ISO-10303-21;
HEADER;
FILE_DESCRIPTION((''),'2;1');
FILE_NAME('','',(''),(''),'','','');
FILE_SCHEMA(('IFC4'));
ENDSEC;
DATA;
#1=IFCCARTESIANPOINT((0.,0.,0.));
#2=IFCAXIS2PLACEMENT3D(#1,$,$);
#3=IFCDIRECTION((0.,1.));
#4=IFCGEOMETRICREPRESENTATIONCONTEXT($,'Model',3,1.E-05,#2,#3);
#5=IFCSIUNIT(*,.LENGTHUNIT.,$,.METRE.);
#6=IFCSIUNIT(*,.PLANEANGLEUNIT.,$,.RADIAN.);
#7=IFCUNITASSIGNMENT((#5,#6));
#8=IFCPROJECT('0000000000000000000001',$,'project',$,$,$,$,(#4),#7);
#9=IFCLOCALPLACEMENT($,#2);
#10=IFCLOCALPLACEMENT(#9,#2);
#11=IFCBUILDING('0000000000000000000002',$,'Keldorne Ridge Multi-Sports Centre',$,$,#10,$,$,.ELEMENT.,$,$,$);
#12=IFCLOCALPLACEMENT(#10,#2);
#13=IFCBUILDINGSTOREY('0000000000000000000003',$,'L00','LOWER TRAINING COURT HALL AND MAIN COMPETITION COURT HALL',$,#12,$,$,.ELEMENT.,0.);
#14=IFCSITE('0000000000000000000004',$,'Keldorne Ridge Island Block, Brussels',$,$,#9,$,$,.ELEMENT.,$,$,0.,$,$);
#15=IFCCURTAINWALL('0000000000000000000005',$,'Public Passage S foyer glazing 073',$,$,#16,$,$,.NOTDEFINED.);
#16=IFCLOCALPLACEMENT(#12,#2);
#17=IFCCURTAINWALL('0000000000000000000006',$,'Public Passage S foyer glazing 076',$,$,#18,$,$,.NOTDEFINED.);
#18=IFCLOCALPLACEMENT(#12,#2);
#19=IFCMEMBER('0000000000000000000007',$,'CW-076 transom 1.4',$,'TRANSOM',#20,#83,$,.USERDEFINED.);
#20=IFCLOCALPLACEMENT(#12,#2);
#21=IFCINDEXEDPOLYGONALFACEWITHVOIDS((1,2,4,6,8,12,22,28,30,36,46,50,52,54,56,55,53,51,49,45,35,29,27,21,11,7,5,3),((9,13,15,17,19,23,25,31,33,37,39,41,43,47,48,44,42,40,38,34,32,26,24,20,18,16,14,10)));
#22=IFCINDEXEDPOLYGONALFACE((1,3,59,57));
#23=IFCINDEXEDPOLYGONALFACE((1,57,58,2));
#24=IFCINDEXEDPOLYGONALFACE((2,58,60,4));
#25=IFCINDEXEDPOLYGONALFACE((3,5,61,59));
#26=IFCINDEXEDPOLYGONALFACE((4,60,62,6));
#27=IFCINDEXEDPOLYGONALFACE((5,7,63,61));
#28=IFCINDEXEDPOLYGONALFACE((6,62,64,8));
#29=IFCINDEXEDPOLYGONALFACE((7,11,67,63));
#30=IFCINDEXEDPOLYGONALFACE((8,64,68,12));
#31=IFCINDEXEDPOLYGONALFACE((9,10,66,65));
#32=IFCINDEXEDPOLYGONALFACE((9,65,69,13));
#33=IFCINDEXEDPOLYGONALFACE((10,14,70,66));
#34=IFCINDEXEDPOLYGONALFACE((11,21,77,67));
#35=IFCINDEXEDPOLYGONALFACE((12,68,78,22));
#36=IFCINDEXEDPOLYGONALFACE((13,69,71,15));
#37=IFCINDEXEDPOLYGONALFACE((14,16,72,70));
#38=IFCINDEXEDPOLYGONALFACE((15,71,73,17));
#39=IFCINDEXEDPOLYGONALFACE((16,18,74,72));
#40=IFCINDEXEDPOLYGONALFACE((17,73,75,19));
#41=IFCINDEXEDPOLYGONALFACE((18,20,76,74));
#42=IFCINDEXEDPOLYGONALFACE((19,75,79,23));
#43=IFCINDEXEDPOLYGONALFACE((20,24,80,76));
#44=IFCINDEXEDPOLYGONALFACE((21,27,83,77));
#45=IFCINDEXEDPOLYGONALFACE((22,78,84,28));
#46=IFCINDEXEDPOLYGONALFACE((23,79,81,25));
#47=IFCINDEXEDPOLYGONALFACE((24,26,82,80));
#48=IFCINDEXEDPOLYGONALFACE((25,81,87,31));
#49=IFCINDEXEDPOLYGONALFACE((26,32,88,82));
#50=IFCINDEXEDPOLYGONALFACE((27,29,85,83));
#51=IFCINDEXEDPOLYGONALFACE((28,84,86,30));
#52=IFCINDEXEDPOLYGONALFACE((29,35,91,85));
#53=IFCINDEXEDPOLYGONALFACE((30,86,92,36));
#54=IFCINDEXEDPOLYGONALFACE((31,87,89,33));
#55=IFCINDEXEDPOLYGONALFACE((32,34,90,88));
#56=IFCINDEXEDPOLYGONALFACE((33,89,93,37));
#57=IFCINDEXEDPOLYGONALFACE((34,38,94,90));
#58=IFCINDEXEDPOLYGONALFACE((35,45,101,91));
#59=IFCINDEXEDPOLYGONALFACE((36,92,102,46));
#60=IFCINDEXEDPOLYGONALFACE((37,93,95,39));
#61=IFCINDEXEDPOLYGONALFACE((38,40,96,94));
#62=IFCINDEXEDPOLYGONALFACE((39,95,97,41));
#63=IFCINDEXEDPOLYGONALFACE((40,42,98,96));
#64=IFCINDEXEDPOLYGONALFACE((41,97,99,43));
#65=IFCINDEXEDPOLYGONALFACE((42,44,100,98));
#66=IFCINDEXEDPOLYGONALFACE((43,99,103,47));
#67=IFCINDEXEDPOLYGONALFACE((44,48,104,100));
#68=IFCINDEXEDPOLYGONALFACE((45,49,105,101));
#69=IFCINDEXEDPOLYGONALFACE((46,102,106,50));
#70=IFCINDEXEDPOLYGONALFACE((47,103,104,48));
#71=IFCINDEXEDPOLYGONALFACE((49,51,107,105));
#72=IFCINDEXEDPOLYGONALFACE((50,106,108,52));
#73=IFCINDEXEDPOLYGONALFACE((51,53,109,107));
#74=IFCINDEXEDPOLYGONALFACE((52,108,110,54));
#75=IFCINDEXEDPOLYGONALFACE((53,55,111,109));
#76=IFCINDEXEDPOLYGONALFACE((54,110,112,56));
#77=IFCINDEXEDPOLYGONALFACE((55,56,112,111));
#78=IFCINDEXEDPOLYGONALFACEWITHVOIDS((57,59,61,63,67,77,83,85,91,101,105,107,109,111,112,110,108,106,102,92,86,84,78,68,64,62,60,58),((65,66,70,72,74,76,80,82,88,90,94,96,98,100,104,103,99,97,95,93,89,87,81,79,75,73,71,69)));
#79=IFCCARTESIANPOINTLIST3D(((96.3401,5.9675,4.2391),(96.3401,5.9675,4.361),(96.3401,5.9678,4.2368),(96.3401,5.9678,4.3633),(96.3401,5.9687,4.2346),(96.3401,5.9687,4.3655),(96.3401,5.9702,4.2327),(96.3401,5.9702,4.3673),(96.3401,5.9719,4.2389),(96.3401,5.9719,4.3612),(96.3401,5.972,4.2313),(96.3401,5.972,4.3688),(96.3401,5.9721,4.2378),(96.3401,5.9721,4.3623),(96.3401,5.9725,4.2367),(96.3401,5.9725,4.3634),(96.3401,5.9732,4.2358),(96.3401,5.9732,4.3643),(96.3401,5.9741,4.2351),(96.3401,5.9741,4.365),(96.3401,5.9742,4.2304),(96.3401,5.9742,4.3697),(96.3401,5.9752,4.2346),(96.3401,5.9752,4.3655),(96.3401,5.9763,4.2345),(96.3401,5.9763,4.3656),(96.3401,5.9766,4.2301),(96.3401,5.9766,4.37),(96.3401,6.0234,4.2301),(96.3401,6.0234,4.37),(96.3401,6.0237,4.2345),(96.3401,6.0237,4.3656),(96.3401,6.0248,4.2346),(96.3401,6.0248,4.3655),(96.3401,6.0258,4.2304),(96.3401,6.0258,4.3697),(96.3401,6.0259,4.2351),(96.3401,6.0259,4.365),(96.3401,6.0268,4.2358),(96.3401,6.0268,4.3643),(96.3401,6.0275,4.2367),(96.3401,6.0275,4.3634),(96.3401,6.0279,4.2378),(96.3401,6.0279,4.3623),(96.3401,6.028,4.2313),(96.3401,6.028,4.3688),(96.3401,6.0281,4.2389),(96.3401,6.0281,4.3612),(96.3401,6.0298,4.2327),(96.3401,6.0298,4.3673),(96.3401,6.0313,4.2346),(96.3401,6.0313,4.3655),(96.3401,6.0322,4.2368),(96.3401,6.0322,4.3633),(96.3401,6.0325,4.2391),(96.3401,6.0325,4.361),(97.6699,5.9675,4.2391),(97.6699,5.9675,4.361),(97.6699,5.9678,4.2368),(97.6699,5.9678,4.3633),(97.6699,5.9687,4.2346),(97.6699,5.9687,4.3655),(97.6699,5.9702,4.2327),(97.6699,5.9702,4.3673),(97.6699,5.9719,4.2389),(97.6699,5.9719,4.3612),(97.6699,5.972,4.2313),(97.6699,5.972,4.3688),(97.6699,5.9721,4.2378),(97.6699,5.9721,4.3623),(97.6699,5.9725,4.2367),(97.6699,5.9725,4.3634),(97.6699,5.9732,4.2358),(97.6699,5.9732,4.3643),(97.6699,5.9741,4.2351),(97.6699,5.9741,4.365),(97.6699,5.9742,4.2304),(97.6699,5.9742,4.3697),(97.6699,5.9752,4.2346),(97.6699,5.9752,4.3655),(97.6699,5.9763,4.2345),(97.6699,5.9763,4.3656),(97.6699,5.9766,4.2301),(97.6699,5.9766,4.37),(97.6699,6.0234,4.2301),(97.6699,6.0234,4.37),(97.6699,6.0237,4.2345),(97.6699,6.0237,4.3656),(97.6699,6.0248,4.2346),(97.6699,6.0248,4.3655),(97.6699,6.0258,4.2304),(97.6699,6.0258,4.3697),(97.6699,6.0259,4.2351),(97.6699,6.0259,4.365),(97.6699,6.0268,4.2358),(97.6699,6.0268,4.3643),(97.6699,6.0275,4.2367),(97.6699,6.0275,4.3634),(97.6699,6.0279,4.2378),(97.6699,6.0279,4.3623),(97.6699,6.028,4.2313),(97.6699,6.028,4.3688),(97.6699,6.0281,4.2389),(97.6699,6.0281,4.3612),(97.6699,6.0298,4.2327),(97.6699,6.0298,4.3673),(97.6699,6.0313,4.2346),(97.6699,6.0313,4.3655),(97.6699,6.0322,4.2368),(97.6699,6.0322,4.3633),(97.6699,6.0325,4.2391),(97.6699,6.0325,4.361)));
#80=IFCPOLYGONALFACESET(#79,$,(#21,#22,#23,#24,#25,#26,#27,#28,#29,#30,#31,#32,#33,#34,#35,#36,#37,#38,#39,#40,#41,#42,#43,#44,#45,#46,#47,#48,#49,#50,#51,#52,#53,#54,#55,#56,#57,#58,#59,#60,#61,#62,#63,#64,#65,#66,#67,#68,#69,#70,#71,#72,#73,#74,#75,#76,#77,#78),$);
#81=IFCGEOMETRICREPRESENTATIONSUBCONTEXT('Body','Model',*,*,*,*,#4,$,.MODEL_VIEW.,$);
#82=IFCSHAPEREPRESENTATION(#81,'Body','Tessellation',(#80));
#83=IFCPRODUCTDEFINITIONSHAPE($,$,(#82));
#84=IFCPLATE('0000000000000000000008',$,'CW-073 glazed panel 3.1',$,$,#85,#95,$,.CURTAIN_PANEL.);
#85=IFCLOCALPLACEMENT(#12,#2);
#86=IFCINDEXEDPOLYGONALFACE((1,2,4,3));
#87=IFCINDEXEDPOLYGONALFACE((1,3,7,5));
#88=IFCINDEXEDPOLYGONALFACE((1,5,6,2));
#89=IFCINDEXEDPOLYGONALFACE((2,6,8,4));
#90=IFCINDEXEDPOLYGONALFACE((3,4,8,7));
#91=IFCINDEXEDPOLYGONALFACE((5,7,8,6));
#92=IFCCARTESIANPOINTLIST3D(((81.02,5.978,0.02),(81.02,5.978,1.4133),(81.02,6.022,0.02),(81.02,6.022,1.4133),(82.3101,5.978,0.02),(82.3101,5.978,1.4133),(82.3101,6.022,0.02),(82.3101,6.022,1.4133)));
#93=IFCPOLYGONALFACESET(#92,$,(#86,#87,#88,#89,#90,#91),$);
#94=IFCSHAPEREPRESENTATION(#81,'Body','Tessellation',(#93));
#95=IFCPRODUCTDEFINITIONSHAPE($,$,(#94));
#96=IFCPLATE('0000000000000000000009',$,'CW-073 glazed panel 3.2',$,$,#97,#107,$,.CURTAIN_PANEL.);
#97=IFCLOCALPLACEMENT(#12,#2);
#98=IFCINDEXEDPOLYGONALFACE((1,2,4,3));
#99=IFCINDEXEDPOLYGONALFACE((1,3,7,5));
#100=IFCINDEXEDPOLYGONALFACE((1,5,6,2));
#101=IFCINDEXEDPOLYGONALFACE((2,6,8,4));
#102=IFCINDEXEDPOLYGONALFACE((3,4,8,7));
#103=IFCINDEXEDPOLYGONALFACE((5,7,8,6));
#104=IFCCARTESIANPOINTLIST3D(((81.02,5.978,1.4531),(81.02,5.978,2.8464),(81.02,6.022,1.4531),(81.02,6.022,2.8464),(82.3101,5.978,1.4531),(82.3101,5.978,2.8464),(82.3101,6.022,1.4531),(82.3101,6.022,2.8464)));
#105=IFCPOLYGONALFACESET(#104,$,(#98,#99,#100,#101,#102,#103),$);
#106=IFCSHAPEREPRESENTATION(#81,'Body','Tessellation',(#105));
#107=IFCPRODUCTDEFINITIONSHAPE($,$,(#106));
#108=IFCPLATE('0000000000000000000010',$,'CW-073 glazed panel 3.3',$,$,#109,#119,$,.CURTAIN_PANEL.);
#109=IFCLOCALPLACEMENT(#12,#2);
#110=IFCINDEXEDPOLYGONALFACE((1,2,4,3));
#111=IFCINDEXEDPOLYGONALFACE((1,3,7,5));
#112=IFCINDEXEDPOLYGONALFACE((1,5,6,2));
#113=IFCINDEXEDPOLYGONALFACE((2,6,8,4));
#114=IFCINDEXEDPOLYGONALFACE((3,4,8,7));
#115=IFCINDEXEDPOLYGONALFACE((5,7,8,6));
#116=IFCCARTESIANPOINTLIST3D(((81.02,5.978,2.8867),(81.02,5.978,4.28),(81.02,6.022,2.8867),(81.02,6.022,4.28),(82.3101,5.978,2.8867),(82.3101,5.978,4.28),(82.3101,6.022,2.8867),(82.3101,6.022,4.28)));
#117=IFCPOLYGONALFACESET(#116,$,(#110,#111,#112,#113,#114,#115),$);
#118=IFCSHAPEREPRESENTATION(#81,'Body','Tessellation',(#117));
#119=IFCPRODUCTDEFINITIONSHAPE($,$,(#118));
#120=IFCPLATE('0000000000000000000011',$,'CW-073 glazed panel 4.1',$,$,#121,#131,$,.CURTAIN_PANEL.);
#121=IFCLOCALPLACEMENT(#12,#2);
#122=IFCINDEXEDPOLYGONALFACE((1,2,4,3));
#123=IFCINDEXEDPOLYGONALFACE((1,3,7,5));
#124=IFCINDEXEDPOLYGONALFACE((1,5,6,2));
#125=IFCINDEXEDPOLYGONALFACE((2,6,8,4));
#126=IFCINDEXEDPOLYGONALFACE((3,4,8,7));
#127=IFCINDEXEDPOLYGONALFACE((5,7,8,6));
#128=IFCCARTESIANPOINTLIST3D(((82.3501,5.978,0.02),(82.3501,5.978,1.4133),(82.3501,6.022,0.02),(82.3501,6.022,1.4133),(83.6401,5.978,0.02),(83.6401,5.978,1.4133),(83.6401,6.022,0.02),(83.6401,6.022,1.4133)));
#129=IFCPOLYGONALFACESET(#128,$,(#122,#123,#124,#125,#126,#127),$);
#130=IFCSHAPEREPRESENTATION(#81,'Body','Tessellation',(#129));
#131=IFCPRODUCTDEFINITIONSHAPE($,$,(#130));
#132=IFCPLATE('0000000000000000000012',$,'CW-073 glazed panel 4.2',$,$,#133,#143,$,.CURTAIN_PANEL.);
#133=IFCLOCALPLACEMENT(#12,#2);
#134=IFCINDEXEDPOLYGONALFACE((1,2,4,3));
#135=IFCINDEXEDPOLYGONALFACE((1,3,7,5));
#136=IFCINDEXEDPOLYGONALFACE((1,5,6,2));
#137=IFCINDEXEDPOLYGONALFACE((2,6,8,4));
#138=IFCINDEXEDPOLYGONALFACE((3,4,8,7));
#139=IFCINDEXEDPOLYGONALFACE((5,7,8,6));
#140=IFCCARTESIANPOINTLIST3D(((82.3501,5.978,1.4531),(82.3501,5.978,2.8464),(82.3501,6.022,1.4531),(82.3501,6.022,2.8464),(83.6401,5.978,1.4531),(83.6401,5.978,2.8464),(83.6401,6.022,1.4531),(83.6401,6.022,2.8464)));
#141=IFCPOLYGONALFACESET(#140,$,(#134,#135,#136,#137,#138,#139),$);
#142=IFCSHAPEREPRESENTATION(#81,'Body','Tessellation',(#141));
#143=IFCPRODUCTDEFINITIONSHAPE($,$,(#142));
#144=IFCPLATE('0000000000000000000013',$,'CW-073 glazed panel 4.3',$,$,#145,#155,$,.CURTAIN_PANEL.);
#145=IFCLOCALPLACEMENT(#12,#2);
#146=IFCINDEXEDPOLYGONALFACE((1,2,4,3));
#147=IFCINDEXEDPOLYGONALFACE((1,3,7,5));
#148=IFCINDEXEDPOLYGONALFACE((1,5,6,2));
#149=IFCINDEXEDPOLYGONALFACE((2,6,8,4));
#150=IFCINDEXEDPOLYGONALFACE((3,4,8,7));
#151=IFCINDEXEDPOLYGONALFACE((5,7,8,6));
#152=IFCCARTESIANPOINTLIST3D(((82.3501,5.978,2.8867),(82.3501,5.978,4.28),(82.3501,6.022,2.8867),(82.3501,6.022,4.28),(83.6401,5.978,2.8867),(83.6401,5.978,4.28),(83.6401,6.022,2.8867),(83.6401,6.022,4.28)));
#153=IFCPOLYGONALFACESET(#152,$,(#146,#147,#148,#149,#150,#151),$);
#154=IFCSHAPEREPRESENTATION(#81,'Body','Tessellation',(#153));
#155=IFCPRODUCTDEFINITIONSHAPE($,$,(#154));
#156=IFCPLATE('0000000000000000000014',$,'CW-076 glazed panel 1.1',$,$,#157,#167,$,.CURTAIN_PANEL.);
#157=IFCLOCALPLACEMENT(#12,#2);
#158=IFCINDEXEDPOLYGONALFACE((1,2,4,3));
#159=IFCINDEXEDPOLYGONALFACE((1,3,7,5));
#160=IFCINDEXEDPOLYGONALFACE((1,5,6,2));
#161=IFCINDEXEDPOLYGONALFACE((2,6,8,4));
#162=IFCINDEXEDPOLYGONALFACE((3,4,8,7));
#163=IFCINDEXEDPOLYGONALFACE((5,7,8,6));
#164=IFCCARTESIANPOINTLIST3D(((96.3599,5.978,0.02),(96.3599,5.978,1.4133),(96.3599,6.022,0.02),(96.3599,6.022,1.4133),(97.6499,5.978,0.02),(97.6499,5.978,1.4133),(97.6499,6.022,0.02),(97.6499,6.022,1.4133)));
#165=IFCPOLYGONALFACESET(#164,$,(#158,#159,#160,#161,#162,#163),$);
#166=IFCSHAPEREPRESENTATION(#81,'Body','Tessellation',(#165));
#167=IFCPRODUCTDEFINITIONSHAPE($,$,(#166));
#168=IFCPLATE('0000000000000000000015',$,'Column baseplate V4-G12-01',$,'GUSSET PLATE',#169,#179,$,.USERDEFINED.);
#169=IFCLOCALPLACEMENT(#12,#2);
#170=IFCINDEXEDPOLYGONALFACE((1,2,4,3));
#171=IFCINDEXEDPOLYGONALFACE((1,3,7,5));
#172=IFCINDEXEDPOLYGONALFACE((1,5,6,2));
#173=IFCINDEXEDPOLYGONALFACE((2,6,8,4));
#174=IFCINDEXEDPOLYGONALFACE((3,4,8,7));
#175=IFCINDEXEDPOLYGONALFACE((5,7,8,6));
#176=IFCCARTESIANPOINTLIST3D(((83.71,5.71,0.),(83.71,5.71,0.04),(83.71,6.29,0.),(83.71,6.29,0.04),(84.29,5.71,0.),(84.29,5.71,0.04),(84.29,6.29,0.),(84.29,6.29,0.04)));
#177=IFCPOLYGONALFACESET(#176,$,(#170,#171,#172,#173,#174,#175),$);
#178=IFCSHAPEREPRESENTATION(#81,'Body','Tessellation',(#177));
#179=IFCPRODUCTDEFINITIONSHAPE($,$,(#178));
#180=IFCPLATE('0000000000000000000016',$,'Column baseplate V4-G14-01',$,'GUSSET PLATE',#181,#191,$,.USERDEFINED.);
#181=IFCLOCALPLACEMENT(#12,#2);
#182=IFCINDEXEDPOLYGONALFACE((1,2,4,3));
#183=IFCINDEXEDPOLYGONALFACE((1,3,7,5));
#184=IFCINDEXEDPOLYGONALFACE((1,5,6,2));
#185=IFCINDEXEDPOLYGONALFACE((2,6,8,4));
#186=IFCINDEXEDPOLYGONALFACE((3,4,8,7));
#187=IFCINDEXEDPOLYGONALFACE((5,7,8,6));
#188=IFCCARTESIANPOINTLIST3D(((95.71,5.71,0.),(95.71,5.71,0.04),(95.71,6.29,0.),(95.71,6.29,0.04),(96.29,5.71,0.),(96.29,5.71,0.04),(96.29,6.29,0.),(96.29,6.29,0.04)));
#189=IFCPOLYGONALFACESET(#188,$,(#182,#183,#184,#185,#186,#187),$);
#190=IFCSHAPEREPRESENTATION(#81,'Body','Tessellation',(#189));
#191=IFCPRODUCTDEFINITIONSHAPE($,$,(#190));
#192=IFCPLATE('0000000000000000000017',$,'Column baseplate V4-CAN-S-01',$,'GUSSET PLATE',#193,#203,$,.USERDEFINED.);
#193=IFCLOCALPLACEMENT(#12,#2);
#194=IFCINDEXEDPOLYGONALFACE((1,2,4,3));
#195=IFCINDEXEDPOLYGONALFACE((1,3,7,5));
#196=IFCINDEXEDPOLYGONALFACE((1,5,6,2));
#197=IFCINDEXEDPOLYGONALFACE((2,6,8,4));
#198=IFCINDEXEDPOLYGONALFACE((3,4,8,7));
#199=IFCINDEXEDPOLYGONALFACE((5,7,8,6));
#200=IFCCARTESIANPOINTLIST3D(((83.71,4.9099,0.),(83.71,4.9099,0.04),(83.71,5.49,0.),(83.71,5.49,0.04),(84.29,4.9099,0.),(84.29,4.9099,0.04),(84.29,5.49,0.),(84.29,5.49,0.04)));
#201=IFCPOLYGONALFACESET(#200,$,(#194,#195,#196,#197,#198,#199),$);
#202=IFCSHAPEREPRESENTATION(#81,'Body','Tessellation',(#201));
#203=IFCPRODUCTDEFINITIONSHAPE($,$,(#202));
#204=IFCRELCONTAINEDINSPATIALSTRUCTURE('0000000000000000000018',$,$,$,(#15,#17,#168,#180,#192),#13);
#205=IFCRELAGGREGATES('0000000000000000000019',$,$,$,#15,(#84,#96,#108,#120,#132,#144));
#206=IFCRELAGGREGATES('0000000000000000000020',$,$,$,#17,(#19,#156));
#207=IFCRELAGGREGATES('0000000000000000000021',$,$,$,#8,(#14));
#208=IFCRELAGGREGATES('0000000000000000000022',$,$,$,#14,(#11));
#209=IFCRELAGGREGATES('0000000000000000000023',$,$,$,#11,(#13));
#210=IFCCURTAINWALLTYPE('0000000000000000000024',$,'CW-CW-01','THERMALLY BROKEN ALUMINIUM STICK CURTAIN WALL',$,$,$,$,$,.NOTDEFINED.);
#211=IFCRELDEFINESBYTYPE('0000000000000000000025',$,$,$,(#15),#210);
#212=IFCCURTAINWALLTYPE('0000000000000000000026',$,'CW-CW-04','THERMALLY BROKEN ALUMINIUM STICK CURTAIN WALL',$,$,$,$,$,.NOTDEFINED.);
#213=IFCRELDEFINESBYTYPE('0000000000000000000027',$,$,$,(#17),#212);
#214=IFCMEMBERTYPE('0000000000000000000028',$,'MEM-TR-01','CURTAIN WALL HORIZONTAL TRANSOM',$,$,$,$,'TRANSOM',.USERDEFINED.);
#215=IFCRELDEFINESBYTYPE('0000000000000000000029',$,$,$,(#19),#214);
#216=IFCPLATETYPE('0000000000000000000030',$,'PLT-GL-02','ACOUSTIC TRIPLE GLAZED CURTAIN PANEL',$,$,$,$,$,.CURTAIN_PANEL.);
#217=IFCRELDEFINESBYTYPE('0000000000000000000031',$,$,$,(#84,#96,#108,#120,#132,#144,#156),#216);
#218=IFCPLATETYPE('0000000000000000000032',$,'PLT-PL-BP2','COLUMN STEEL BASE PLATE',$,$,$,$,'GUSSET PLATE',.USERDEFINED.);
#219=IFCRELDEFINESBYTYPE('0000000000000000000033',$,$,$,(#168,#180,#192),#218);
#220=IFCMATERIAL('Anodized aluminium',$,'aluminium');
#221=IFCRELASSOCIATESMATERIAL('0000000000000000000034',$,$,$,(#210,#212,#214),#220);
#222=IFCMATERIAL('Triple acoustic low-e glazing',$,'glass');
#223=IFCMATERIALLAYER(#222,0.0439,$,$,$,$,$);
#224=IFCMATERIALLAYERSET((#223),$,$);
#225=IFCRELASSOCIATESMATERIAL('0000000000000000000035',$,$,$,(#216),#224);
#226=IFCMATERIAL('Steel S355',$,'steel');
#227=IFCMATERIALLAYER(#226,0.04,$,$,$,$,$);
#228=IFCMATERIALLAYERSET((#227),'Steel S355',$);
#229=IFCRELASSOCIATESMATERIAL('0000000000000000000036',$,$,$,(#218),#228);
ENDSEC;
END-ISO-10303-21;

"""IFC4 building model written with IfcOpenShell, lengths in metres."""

from ifc_helpers import new_model, si_unit, direction, frame, origin, origin_2d, place, context, subcontext, project, spatial, rectangle, hollow_rectangle, extrude, material, layer, layer_set, material_profile, profile_set, type_object, element, aggregate, save


model = new_model("IFC4")

# Units and contexts
model_context = context("Model", 3, precision=1e-05, world=origin(), true_north=direction((0.0, 1.0)))
body_context = subcontext(model_context, "Body", "Model", "MODEL_VIEW")
ifc_project = project(units=[si_unit("LENGTHUNIT", "METRE"), si_unit("PLANEANGLEUNIT", "RADIAN")], contexts=[model_context])

# Site, building, storey
site_placement = place(None, origin())
site = spatial("IfcSite", under=ifc_project, at=site_placement, Name="Keldorne Ridge Island Block, Brussels", CompositionType="ELEMENT", RefElevation=0.0)
building_placement = place(site_placement, origin())
building = spatial("IfcBuilding", under=site, at=building_placement, Name="Keldorne Ridge Multi-Sports Centre", CompositionType="ELEMENT")
storey_placement = place(building_placement, origin())
storey = spatial("IfcBuildingStorey", under=building, at=storey_placement, Name="L00", Description="LOWER TRAINING COURT HALL AND MAIN COMPETITION COURT HALL", CompositionType="ELEMENT", Elevation=0.0)

# Shared definitions
ifc_material_1 = material(Name="Steel S355", Category="steel")

# Curtain wall
ifc_material_2 = material(Name="Anodized aluminium", Category="aluminium")
curtain_wall_type_1 = type_object("IfcCurtainWallType", Name="CW-CW-01", Description="THERMALLY BROKEN ALUMINIUM STICK CURTAIN WALL", PredefinedType="NOTDEFINED", material=ifc_material_2)
curtain_wall_1_placement = place(storey_placement, origin())
curtain_wall_1 = element("IfcCurtainWall", 1, at=curtain_wall_1_placement, inside=storey, type_object=curtain_wall_type_1, Name="Public Passage S foyer glazing 073", PredefinedType="NOTDEFINED")

# Curtain wall
curtain_wall_type_2 = type_object("IfcCurtainWallType", Name="CW-CW-04", Description="THERMALLY BROKEN ALUMINIUM STICK CURTAIN WALL", PredefinedType="NOTDEFINED", material=ifc_material_2)
curtain_wall_2_placement = place(storey_placement, origin())
curtain_wall_2 = element("IfcCurtainWall", 2, at=curtain_wall_2_placement, inside=storey, type_object=curtain_wall_type_2, Name="Public Passage S foyer glazing 076", PredefinedType="NOTDEFINED")

# Member
ifc_material_profile_1 = material_profile(ifc_material_2, hollow_rectangle(XDim=0.0649, YDim=0.1399, WallThickness=0.0044, InnerFilletRadius=0.0044, OuterFilletRadius=0.009, at=origin_2d()), Name="ALU TRANSOM 140x65x4.5")
ifc_profile_set_1 = profile_set([ifc_material_profile_1], Name="Anodized aluminium")
member_type_1 = type_object("IfcMemberType", Name="MEM-TR-01", Description="CURTAIN WALL HORIZONTAL TRANSOM", ElementType="TRANSOM", PredefinedType="USERDEFINED", material=ifc_profile_set_1)
member_1_placement = place(storey_placement, frame((96.3401, 6.0, 4.3), z_axis=(1.0, 0.0, 0.0), x_axis=(0.0, 1.0, 0.0)))
member_1 = element("IfcMember", 3, at=member_1_placement, type_object=member_type_1, Name="CW-076 transom 1.4", ObjectType="TRANSOM", PredefinedType="USERDEFINED", context=body_context, shape_type="SweptSolid", body=[
    extrude(hollow_rectangle(XDim=0.0649, YDim=0.1399, WallThickness=0.0044, InnerFilletRadius=0.0044, OuterFilletRadius=0.009, at=origin_2d()), origin(), (0.0, 0.0, 1.0), 1.3298),
])

# Plates
ifc_material_3 = material(Name="Triple acoustic low-e glazing", Category="glass")
ifc_layer_1 = layer(ifc_material_3, 0.0439)
ifc_layer_set_1 = layer_set([ifc_layer_1])
plate_type_1 = type_object("IfcPlateType", Name="PLT-GL-02", Description="ACOUSTIC TRIPLE GLAZED CURTAIN PANEL", PredefinedType="CURTAIN_PANEL", material=ifc_layer_set_1)
plate_1_placement = place(storey_placement, frame((81.665, 6.0, 0.02), z_axis=(0.0, 0.0, 1.0), x_axis=(1.0, 0.0, 0.0)))
plate_1 = element("IfcPlate", 4, at=plate_1_placement, type_object=plate_type_1, Name="CW-073 glazed panel 3.1", PredefinedType="CURTAIN_PANEL", context=body_context, shape_type="SweptSolid", body=[
    extrude(rectangle(XDim=1.29, YDim=0.0439, at=origin_2d()), origin(), (0.0, 0.0, 1.0), 1.3933),
])
plate_2_placement = place(storey_placement, frame((81.665, 6.0, 1.4531), z_axis=(0.0, 0.0, 1.0), x_axis=(1.0, 0.0, 0.0)))
plate_2 = element("IfcPlate", 5, at=plate_2_placement, type_object=plate_type_1, Name="CW-073 glazed panel 3.2", PredefinedType="CURTAIN_PANEL", context=body_context, shape_type="SweptSolid", body=[
    extrude(rectangle(XDim=1.29, YDim=0.0439, at=origin_2d()), origin(), (0.0, 0.0, 1.0), 1.3933),
])
plate_3_placement = place(storey_placement, frame((81.665, 6.0, 2.8867), z_axis=(0.0, 0.0, 1.0), x_axis=(1.0, 0.0, 0.0)))
plate_3 = element("IfcPlate", 6, at=plate_3_placement, type_object=plate_type_1, Name="CW-073 glazed panel 3.3", PredefinedType="CURTAIN_PANEL", context=body_context, shape_type="SweptSolid", body=[
    extrude(rectangle(XDim=1.29, YDim=0.0439, at=origin_2d()), origin(), (0.0, 0.0, 1.0), 1.3933),
])
plate_4_placement = place(storey_placement, frame((82.9951, 6.0, 0.02), z_axis=(0.0, 0.0, 1.0), x_axis=(1.0, 0.0, 0.0)))
plate_4 = element("IfcPlate", 7, at=plate_4_placement, type_object=plate_type_1, Name="CW-073 glazed panel 4.1", PredefinedType="CURTAIN_PANEL", context=body_context, shape_type="SweptSolid", body=[
    extrude(rectangle(XDim=1.29, YDim=0.0439, at=origin_2d()), origin(), (0.0, 0.0, 1.0), 1.3933),
])
plate_5_placement = place(storey_placement, frame((82.9951, 6.0, 1.4531), z_axis=(0.0, 0.0, 1.0), x_axis=(1.0, 0.0, 0.0)))
plate_5 = element("IfcPlate", 8, at=plate_5_placement, type_object=plate_type_1, Name="CW-073 glazed panel 4.2", PredefinedType="CURTAIN_PANEL", context=body_context, shape_type="SweptSolid", body=[
    extrude(rectangle(XDim=1.29, YDim=0.0439, at=origin_2d()), origin(), (0.0, 0.0, 1.0), 1.3933),
])
plate_6_placement = place(storey_placement, frame((82.9951, 6.0, 2.8867), z_axis=(0.0, 0.0, 1.0), x_axis=(1.0, 0.0, 0.0)))
plate_6 = element("IfcPlate", 9, at=plate_6_placement, type_object=plate_type_1, Name="CW-073 glazed panel 4.3", PredefinedType="CURTAIN_PANEL", context=body_context, shape_type="SweptSolid", body=[
    extrude(rectangle(XDim=1.29, YDim=0.0439, at=origin_2d()), origin(), (0.0, 0.0, 1.0), 1.3933),
])
aggregate(curtain_wall_1, [plate_1, plate_2, plate_3, plate_4, plate_5, plate_6])
plate_7_placement = place(storey_placement, frame((97.0049, 6.0, 0.02), z_axis=(0.0, 0.0, 1.0), x_axis=(1.0, 0.0, 0.0)))
plate_7 = element("IfcPlate", 10, at=plate_7_placement, type_object=plate_type_1, Name="CW-076 glazed panel 1.1", PredefinedType="CURTAIN_PANEL", context=body_context, shape_type="SweptSolid", body=[
    extrude(rectangle(XDim=1.29, YDim=0.0439, at=origin_2d()), origin(), (0.0, 0.0, 1.0), 1.3933),
])
aggregate(curtain_wall_2, [member_1, plate_7])

# Plates
ifc_layer_2 = layer(ifc_material_1, 0.04)
ifc_layer_set_2 = layer_set([ifc_layer_2], Name="Steel S355")
plate_type_2 = type_object("IfcPlateType", Name="PLT-PL-BP2", Description="COLUMN STEEL BASE PLATE", ElementType="GUSSET PLATE", PredefinedType="USERDEFINED", material=ifc_layer_set_2)
for number, where, z_axis, x_axis, name in (
    (11, (84.0, 6.0, 0.0), (0.0, 0.0, 1.0), (1.0, 0.0, 0.0), "Column baseplate V4-G12-01"),
    (12, (96.0, 6.0, 0.0), (0.0, 0.0, 1.0), (1.0, 0.0, 0.0), "Column baseplate V4-G14-01"),
    (13, (84.0, 5.2, 0.0), (0.0, 0.0, 1.0), (1.0, 0.0, 0.0), "Column baseplate V4-CAN-S-01"),
):
    element("IfcPlate", number, at=place(storey_placement, frame(where, z_axis=z_axis, x_axis=x_axis)), inside=storey, type_object=plate_type_2, Name=name, ObjectType="GUSSET PLATE", PredefinedType="USERDEFINED", context=body_context, shape_type="SweptSolid", body=[
        extrude(rectangle(XDim=0.5801, YDim=0.5801, at=origin_2d()), origin(), (0.0, 0.0, 1.0), 0.04),
    ])

save(model, "model.ifc")
